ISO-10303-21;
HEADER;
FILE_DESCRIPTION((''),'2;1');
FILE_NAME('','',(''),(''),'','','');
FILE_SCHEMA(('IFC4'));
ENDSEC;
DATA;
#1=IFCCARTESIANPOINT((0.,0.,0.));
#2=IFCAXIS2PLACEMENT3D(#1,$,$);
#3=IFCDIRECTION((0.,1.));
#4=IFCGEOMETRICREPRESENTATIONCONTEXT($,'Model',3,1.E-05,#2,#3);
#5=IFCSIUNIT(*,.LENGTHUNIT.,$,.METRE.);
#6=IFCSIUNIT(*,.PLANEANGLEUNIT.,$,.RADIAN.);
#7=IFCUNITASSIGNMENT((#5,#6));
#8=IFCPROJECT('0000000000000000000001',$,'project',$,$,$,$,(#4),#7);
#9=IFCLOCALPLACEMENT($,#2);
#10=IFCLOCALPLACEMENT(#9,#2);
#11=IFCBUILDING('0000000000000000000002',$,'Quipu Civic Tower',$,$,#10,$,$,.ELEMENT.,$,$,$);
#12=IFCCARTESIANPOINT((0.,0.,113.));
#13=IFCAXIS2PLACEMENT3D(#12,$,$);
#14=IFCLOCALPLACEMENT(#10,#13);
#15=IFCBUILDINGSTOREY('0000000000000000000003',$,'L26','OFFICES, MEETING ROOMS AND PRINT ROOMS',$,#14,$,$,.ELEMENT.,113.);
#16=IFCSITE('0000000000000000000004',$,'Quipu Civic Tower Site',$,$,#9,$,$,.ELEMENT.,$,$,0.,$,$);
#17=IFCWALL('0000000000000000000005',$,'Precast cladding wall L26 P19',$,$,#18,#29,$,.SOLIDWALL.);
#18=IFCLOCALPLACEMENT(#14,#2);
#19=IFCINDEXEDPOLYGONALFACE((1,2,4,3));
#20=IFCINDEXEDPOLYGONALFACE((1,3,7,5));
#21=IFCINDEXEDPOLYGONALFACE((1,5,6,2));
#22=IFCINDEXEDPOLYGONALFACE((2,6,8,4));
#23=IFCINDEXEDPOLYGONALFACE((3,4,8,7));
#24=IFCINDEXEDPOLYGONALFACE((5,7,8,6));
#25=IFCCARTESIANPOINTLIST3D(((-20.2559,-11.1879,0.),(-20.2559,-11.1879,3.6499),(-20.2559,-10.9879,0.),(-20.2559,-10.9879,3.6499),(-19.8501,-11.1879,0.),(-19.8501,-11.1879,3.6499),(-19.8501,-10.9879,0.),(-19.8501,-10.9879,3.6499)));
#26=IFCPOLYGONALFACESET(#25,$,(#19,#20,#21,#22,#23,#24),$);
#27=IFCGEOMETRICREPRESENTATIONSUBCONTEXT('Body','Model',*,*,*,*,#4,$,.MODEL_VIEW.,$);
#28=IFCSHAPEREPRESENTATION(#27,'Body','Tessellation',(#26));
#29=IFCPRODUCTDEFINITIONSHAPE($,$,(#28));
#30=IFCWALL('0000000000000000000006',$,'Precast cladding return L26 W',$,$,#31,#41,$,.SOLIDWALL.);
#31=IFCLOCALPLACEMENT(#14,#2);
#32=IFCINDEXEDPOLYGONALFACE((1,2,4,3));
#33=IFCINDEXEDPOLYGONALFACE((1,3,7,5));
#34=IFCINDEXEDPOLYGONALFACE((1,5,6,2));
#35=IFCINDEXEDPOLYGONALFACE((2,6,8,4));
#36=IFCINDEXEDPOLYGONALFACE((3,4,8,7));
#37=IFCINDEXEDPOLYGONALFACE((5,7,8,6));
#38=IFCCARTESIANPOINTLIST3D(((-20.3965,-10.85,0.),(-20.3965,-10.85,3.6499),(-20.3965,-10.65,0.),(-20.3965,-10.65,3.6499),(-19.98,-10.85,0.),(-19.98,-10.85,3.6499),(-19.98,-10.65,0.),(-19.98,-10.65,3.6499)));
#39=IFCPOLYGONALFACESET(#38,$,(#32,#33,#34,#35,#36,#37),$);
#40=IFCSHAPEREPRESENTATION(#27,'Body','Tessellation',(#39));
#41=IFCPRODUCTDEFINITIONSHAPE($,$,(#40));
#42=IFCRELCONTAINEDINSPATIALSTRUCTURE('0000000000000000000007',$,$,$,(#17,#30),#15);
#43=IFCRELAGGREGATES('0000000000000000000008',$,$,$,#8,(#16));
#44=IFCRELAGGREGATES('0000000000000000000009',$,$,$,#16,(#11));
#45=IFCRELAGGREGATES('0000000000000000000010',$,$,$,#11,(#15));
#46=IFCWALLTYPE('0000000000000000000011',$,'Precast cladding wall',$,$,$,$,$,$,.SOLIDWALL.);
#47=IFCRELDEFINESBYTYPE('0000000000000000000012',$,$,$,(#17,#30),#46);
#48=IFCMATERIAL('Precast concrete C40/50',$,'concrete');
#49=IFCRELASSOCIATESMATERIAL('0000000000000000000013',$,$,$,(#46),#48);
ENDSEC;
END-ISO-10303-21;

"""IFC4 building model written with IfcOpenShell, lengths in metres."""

from ifc_helpers import new_model, si_unit, direction, frame, frame_2d, origin, place, context, subcontext, project, spatial, rectangle, extrude, material, type_object, element, save


model = new_model("IFC4")

# Units and contexts
model_context = context("Model", 3, precision=1e-05, world=origin(), true_north=direction((0.0, 1.0)))
body_context = subcontext(model_context, "Body", "Model", "MODEL_VIEW")
ifc_project = project(units=[si_unit("LENGTHUNIT", "METRE"), si_unit("PLANEANGLEUNIT", "RADIAN")], contexts=[model_context])

# Site, building, storey
site_placement = place(None, origin())
site = spatial("IfcSite", under=ifc_project, at=site_placement, Name="Quipu Civic Tower Site", CompositionType="ELEMENT", RefElevation=0.0)
building_placement = place(site_placement, origin())
building = spatial("IfcBuilding", under=site, at=building_placement, Name="Quipu Civic Tower", CompositionType="ELEMENT")
storey_placement = place(building_placement, frame((0.0, 0.0, 113.0)))
storey = spatial("IfcBuildingStorey", under=building, at=storey_placement, Name="L26", Description="OFFICES, MEETING ROOMS AND PRINT ROOMS", CompositionType="ELEMENT", Elevation=113.0)

# Walls
ifc_material_1 = material(Name="Precast concrete C40/50", Category="concrete")
wall_type_1 = type_object("IfcWallType", Name="Precast cladding wall", PredefinedType="SOLIDWALL", material=ifc_material_1)
wall_1_placement = place(storey_placement, frame((-20.2559, -11.0879, 0.0), z_axis=(0.0, 0.0, 1.0), x_axis=(1.0, 0.0, 0.0)))
element("IfcWall", 1, at=wall_1_placement, inside=storey, type_object=wall_type_1, Name="Precast cladding wall L26 P19", PredefinedType="SOLIDWALL", context=body_context, shape_type="SweptSolid", body=[
    extrude(rectangle(XDim=0.4058, YDim=0.2, at=frame_2d((0.2029, 0.0))), origin(), (0.0, 0.0, 1.0), 3.6499),
])
wall_2_placement = place(storey_placement, frame((-19.98, -10.75, 0.0), z_axis=(0.0, 0.0, 1.0), x_axis=(-1.0, 0.0, 0.0)))
element("IfcWall", 2, at=wall_2_placement, inside=storey, type_object=wall_type_1, Name="Precast cladding return L26 W", PredefinedType="SOLIDWALL", context=body_context, shape_type="SweptSolid", body=[
    extrude(rectangle(XDim=0.4165, YDim=0.2, at=frame_2d((0.2083, 0.0))), origin(), (0.0, 0.0, 1.0), 3.6499),
])

save(model, "model.ifc")
